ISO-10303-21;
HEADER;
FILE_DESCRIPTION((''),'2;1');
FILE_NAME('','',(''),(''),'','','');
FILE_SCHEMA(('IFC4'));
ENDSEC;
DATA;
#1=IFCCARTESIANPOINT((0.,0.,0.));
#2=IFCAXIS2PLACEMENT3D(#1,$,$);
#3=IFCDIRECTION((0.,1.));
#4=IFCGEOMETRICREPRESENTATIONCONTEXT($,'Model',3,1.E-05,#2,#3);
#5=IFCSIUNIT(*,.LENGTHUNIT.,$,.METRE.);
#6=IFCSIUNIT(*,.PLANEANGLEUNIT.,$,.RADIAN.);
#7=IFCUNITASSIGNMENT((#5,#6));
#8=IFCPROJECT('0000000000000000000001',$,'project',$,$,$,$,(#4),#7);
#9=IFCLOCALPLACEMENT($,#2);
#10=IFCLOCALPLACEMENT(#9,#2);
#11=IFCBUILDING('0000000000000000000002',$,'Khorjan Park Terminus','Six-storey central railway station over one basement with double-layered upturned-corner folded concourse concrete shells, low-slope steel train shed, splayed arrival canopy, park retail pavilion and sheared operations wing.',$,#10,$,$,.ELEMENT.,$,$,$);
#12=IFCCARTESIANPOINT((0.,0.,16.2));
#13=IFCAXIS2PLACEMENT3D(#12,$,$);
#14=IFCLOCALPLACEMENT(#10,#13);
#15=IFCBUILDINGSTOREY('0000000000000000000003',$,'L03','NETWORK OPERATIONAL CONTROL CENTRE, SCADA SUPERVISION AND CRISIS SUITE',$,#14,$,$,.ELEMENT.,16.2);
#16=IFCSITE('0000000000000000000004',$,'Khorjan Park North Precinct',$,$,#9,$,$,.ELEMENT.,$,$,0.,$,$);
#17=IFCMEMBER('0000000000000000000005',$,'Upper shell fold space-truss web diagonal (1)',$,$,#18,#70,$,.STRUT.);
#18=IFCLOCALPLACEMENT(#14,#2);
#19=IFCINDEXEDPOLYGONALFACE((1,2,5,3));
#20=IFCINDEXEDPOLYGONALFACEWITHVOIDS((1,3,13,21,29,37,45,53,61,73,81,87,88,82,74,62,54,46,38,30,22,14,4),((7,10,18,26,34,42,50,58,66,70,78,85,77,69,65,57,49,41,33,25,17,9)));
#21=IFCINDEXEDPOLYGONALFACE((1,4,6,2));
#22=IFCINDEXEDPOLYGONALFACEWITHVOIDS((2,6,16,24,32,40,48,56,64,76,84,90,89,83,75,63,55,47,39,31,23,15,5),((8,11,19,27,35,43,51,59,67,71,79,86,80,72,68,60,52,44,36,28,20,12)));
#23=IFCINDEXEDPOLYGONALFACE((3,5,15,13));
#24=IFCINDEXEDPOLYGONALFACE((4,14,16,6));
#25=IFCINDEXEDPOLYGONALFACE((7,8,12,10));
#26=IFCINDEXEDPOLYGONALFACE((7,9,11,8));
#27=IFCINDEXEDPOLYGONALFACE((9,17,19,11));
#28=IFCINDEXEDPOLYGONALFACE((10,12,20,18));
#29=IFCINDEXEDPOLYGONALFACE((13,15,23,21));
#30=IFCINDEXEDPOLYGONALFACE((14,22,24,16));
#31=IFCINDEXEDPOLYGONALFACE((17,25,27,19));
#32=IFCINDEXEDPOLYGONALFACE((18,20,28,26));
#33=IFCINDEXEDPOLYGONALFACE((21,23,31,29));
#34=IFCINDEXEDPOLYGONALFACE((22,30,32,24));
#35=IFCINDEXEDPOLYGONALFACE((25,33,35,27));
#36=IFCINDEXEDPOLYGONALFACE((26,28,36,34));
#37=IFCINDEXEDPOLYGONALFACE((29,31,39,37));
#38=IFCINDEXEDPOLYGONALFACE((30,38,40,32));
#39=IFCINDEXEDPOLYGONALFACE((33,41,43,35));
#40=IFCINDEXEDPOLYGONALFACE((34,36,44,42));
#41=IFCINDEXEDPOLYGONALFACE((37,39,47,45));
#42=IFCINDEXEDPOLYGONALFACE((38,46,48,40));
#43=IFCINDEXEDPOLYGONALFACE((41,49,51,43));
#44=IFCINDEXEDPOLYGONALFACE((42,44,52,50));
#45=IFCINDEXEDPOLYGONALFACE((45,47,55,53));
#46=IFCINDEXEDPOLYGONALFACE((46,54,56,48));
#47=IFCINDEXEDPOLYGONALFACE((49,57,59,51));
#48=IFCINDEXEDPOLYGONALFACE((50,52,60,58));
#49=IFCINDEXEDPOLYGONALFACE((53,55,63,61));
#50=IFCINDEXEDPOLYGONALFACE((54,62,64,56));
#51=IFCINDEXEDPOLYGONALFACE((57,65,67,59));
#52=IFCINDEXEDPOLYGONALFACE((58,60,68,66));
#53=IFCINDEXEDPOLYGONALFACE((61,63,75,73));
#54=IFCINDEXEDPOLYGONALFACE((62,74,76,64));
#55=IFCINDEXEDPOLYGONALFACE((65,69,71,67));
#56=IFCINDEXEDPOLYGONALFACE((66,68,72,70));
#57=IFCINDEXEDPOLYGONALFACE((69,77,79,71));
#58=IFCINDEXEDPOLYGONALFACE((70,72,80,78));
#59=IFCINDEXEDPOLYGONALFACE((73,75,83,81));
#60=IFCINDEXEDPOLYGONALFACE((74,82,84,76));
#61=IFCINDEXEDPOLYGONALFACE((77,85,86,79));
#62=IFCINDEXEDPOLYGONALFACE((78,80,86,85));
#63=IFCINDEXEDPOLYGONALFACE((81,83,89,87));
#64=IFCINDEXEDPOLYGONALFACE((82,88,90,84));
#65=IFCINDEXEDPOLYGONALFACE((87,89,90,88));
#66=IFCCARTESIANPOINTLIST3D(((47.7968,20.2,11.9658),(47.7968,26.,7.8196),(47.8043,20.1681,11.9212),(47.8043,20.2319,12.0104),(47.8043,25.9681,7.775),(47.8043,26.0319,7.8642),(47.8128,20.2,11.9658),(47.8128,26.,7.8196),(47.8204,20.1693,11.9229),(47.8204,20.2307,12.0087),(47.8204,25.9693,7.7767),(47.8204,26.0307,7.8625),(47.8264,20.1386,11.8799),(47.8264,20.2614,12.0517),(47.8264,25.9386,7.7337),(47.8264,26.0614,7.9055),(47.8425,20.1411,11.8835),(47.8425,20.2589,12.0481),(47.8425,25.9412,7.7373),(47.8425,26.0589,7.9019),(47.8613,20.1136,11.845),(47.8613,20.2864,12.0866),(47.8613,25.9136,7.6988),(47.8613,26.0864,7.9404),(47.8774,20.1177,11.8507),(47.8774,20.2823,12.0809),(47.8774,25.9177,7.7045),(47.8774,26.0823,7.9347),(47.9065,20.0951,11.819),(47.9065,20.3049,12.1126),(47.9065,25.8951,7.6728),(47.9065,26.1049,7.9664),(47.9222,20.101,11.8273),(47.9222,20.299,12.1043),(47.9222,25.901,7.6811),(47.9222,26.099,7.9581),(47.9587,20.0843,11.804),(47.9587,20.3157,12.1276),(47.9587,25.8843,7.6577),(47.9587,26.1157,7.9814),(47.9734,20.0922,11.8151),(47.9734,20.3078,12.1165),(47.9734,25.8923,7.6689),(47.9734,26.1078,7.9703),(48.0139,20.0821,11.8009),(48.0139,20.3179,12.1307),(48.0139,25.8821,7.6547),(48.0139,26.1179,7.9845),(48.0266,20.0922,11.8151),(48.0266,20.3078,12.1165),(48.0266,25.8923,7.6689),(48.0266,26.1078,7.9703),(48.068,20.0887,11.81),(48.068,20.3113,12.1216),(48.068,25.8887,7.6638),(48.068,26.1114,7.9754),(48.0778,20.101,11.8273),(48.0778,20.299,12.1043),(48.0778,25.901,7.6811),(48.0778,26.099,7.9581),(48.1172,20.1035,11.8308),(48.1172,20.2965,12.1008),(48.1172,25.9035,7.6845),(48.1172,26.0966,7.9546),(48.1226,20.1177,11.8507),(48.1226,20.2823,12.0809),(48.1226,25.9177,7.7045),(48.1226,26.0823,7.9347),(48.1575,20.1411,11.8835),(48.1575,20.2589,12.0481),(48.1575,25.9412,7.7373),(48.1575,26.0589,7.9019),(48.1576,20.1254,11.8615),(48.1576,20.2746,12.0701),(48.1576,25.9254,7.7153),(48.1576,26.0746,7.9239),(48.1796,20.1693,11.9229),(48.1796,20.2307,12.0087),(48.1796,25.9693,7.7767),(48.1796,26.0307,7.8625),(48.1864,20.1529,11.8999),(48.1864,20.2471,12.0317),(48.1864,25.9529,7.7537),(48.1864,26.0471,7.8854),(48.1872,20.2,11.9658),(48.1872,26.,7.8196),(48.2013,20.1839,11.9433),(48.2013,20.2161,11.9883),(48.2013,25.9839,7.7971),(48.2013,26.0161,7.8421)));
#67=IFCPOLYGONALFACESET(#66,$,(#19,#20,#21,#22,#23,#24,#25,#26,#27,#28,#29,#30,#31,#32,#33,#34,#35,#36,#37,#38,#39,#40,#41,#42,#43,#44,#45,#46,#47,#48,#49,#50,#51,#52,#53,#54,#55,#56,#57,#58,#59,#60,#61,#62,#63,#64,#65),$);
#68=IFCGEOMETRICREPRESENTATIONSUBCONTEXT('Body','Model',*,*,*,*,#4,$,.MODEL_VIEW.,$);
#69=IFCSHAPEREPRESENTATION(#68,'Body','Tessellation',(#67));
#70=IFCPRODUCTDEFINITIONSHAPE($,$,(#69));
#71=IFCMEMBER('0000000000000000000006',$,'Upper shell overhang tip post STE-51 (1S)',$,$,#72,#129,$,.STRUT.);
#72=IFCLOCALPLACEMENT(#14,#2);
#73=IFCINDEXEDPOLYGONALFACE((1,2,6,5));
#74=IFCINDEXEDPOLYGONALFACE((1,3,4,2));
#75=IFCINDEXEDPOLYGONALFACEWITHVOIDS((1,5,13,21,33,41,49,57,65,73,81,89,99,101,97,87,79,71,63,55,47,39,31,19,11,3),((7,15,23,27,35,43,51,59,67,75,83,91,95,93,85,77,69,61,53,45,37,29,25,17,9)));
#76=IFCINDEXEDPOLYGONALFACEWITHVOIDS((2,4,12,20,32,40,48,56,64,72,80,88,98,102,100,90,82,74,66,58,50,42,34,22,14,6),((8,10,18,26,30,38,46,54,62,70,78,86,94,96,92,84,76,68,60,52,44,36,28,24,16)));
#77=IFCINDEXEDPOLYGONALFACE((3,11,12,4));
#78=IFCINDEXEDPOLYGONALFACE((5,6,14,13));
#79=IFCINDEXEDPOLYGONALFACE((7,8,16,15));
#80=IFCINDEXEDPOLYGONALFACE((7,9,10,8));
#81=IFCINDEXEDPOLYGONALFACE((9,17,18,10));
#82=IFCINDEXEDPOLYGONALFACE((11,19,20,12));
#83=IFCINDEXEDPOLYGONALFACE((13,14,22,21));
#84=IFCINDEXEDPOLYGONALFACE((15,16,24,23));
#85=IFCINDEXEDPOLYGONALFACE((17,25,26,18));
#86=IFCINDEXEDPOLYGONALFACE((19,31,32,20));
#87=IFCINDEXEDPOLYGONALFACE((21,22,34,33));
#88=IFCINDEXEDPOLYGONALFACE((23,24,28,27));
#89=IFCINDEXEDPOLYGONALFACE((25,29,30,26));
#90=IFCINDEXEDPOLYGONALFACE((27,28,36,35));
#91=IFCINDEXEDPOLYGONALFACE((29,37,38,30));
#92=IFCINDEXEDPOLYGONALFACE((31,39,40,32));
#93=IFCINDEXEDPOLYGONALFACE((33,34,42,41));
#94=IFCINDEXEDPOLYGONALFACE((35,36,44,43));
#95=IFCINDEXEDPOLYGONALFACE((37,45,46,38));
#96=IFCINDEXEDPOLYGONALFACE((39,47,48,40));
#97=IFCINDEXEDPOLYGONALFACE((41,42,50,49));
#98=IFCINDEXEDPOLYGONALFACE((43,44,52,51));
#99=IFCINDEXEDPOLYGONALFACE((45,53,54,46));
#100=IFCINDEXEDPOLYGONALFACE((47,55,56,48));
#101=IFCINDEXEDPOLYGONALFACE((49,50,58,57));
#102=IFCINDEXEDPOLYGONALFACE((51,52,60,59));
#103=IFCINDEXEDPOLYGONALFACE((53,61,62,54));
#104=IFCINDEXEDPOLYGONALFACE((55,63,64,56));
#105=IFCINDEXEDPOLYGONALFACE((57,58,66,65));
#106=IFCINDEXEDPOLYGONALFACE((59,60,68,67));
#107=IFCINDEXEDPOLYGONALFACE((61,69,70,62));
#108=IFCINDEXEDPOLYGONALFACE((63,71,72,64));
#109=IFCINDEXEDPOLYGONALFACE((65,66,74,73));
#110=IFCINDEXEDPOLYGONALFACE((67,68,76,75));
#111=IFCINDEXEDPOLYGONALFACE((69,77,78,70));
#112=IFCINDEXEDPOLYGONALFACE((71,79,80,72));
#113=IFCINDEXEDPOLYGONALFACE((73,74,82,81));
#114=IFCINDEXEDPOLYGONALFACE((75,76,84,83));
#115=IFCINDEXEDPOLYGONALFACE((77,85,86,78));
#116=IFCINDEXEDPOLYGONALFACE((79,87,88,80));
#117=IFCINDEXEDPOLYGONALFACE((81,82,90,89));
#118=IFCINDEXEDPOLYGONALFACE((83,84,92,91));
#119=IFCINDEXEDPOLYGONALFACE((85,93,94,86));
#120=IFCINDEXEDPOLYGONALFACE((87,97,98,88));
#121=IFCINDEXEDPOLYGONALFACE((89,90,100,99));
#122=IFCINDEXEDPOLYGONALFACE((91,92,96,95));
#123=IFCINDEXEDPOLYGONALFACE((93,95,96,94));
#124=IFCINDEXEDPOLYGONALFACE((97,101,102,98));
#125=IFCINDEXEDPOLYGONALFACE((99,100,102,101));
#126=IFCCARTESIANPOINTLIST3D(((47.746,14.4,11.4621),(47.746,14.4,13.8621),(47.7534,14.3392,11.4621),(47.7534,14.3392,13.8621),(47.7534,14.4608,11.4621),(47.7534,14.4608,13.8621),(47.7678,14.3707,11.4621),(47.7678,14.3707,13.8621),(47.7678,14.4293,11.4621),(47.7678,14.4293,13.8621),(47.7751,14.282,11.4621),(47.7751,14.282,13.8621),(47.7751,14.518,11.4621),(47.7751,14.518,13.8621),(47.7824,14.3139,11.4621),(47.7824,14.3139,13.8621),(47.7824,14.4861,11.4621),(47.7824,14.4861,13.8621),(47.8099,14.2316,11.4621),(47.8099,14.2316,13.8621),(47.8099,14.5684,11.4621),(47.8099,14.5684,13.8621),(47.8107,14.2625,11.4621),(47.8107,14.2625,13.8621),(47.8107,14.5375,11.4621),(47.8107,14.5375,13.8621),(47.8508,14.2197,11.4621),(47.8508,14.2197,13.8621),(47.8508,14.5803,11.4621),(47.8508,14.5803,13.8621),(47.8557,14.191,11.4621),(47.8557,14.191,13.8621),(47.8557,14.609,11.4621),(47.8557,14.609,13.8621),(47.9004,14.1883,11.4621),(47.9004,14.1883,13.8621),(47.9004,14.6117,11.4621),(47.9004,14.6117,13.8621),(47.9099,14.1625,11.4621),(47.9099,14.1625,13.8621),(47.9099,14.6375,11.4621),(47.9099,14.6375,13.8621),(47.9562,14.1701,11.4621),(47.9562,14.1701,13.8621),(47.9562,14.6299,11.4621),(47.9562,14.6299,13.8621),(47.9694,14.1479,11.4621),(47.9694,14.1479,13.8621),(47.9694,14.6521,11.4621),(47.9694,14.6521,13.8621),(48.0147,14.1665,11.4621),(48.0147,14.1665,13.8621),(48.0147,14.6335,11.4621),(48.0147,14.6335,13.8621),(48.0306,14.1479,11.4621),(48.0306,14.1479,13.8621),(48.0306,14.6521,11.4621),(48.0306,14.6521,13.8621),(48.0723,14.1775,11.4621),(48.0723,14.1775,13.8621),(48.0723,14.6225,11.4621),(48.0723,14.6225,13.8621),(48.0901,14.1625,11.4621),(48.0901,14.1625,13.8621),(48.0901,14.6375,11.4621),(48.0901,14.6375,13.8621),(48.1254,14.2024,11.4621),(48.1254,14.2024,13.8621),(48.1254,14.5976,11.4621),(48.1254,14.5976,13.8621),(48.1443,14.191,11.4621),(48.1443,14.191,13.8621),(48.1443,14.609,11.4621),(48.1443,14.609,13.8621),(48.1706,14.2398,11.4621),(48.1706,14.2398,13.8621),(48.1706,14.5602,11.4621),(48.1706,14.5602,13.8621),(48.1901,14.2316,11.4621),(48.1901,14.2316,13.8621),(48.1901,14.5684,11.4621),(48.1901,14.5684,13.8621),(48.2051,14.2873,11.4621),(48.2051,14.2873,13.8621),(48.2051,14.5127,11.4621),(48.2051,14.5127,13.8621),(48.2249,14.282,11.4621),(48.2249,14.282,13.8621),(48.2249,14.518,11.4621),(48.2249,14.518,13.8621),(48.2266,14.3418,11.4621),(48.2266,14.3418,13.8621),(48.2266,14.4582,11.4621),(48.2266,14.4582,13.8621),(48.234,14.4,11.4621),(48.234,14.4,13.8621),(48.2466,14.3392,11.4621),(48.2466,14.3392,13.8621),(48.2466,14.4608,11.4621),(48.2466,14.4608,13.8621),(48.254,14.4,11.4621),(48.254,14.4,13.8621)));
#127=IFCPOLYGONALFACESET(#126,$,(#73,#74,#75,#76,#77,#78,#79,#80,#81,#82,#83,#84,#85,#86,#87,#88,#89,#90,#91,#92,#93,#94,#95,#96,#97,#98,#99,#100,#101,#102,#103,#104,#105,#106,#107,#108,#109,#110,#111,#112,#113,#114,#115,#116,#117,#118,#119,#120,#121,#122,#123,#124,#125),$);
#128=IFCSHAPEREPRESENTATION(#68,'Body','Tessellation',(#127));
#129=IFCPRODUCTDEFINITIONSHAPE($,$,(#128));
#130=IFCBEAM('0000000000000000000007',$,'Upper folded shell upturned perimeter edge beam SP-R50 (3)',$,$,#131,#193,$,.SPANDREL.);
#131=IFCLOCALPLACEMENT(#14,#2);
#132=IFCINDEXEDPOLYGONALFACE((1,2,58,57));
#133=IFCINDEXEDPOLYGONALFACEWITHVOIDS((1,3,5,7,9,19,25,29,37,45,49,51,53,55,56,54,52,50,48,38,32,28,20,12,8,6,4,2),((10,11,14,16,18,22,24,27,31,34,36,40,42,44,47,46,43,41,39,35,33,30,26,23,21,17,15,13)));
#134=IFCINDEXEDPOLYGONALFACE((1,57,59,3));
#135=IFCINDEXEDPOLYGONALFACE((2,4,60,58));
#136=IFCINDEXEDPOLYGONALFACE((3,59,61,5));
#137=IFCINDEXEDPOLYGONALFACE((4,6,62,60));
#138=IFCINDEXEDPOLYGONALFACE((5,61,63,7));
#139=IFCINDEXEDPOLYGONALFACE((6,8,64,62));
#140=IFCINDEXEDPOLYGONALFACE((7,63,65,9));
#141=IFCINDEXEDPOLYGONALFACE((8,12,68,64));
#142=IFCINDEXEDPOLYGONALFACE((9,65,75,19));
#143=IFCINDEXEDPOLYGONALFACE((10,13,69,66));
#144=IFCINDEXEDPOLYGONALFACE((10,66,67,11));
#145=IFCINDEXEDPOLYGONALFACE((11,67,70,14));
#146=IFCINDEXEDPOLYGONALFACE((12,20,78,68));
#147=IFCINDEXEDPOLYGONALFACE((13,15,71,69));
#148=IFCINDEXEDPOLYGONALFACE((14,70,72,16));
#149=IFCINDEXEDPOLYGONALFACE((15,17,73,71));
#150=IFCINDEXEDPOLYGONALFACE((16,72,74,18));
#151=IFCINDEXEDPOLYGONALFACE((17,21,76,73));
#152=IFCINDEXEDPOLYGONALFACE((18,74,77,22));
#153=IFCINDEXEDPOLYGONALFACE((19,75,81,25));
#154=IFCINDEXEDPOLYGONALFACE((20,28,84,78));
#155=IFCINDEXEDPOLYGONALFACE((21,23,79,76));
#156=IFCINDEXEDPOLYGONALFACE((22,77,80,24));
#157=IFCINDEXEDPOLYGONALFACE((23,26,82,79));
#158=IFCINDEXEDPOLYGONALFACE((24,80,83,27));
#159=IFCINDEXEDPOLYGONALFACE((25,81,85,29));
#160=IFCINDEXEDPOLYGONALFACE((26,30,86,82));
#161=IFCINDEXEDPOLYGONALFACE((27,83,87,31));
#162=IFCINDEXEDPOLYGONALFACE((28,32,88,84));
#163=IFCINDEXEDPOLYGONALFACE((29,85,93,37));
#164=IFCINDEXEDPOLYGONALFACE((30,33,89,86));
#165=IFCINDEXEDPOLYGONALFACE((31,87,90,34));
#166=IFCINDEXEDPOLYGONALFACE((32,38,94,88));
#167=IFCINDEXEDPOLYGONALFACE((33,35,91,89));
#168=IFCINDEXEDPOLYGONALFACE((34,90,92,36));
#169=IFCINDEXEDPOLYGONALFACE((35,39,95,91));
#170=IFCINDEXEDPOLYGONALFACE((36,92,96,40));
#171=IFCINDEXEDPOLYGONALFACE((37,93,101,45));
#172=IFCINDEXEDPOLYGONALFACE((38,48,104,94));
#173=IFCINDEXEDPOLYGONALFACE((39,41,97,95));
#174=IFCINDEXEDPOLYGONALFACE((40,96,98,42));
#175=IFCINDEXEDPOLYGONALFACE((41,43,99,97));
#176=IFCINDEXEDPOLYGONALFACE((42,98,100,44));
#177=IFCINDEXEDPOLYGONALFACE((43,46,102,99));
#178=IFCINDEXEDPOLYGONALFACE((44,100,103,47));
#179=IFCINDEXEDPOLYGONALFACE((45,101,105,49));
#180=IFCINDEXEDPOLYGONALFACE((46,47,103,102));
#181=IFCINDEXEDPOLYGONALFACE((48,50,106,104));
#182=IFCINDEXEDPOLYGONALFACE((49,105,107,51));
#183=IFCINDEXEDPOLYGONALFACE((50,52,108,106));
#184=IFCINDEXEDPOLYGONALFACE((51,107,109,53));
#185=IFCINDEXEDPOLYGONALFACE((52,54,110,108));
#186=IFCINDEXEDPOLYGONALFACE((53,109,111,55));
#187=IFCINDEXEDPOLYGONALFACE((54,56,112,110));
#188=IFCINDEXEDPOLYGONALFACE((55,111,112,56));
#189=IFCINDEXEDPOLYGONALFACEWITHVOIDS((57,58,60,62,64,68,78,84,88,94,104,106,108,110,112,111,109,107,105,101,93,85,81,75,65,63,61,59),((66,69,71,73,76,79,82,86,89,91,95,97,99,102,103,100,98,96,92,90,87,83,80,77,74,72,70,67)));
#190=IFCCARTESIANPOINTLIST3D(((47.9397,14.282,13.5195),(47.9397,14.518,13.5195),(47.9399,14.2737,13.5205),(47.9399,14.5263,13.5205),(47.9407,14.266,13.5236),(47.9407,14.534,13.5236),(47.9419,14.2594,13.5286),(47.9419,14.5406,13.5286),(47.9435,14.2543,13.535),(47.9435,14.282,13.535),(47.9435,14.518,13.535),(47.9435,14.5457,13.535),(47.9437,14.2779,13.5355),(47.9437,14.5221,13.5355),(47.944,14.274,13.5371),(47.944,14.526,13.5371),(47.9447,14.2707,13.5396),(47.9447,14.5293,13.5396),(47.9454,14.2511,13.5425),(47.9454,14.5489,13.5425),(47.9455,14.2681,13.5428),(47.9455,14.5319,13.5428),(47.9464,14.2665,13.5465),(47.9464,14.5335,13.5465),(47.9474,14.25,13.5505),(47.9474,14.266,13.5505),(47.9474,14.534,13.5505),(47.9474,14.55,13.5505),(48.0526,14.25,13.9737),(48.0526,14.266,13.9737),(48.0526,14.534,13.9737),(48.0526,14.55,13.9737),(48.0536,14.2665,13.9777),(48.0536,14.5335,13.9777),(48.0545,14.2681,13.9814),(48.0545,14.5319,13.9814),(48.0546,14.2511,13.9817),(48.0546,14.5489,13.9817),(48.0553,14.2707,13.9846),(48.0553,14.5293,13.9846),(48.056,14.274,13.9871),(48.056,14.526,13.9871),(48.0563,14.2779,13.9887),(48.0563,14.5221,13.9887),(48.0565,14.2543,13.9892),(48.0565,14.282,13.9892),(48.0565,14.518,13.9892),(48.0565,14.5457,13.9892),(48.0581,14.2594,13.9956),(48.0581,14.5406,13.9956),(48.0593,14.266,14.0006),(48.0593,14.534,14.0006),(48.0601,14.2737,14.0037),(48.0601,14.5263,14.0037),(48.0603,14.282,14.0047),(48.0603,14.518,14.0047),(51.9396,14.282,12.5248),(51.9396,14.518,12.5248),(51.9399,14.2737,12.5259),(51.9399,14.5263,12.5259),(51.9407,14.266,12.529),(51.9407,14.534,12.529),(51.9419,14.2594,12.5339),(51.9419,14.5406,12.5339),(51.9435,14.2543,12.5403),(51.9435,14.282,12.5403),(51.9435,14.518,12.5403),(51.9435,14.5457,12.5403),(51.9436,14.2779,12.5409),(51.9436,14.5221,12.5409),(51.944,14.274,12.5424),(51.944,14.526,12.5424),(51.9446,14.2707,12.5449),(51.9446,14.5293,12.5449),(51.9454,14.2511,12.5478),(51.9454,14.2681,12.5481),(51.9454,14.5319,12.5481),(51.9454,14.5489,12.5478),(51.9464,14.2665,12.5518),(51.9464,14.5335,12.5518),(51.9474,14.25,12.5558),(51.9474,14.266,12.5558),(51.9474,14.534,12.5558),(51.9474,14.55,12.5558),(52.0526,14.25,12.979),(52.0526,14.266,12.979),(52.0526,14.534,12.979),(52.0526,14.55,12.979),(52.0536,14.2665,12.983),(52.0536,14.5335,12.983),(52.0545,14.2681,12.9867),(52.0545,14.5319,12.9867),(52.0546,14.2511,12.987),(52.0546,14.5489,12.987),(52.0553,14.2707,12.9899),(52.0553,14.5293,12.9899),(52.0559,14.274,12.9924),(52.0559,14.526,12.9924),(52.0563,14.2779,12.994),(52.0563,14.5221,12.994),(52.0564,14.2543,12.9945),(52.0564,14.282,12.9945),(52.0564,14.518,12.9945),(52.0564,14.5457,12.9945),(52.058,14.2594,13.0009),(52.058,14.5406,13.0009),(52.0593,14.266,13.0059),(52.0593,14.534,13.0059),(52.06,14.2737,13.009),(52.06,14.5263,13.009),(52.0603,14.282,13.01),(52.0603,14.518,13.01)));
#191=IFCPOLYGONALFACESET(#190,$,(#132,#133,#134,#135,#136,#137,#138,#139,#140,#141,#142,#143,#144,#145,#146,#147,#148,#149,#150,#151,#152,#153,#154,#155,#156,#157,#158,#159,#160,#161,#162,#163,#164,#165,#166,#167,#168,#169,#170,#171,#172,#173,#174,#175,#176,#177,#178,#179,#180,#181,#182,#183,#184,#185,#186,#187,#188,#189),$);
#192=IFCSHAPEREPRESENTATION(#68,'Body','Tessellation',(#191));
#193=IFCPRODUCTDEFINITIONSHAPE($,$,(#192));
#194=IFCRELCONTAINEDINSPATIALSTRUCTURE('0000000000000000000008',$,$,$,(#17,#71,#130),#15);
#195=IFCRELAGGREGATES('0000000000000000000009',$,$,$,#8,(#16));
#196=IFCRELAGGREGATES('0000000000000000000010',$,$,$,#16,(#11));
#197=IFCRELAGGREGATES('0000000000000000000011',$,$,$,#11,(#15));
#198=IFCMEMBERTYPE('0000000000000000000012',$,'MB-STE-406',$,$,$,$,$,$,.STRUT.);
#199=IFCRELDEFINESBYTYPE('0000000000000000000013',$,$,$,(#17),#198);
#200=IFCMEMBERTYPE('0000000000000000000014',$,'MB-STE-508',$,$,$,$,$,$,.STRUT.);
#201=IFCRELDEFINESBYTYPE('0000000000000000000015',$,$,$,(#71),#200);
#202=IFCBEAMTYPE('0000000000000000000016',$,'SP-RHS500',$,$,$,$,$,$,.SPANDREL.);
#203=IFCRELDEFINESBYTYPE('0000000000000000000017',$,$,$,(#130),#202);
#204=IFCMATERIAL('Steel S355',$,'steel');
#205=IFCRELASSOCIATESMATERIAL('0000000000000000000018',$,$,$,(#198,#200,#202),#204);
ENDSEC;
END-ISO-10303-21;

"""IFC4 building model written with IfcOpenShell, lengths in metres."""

from ifc_helpers import new_model, si_unit, direction, frame, origin, origin_2d, place, context, subcontext, project, spatial, hollow_rectangle, hollow_circle, extrude, material, material_profile, profile_set, type_object, element, save


model = new_model("IFC4")

# Units and contexts
model_context = context("Model", 3, precision=1e-05, world=origin(), true_north=direction((0.0, 1.0)))
body_context = subcontext(model_context, "Body", "Model", "MODEL_VIEW")
ifc_project = project(units=[si_unit("LENGTHUNIT", "METRE"), si_unit("PLANEANGLEUNIT", "RADIAN")], contexts=[model_context])

# Site, building, storey
site_placement = place(None, origin())
site = spatial("IfcSite", under=ifc_project, at=site_placement, Name="Khorjan Park North Precinct", CompositionType="ELEMENT", RefElevation=0.0)
building_placement = place(site_placement, origin())
building = spatial("IfcBuilding", under=site, at=building_placement, Name="Khorjan Park Terminus", Description="Six-storey central railway station over one basement with double-layered upturned-corner folded concourse concrete shells, low-slope steel train shed, splayed arrival canopy, park retail pavilion and sheared operations wing.", CompositionType="ELEMENT")
storey_placement = place(building_placement, frame((0.0, 0.0, 16.2)))
storey = spatial("IfcBuildingStorey", under=building, at=storey_placement, Name="L03", Description="NETWORK OPERATIONAL CONTROL CENTRE, SCADA SUPERVISION AND CRISIS SUITE", CompositionType="ELEMENT", Elevation=16.2)

# Members
ifc_material_1 = material(Name="Steel S355", Category="steel")
ifc_material_profile_1 = material_profile(ifc_material_1, hollow_circle(Radius=0.2032, WallThickness=0.016, at=origin_2d()), Name="CHS 406.4x16")
ifc_profile_set_1 = profile_set([ifc_material_profile_1], Name="Steel S355")
member_type_1 = type_object("IfcMemberType", Name="MB-STE-406", PredefinedType="STRUT", material=ifc_profile_set_1)
member_1_placement = place(storey_placement, frame((48.0, 20.2, 11.9658), z_axis=(0.0, 0.813512, -0.581549), x_axis=(-1.0, 0.0, 0.0)))
element("IfcMember", 1, at=member_1_placement, inside=storey, type_object=member_type_1, Name="Upper shell fold space-truss web diagonal (1)", PredefinedType="STRUT", context=body_context, shape_type="SweptSolid", body=[
    extrude(hollow_circle(Radius=0.2032, WallThickness=0.016, at=origin_2d()), origin(), (0.0, 0.0, 1.0), 7.1296),
])
ifc_material_profile_2 = material_profile(ifc_material_1, hollow_circle(Radius=0.254, WallThickness=0.02, at=origin_2d()), Name="CHS 508x20")
ifc_profile_set_2 = profile_set([ifc_material_profile_2], Name="Steel S355")
member_type_2 = type_object("IfcMemberType", Name="MB-STE-508", PredefinedType="STRUT", material=ifc_profile_set_2)
member_2_placement = place(storey_placement, frame((48.0, 14.4, 11.4621), z_axis=(0.0, 0.0, 1.0), x_axis=(1.0, 0.0, 0.0)))
element("IfcMember", 2, at=member_2_placement, inside=storey, type_object=member_type_2, Name="Upper shell overhang tip post STE-51 (1S)", PredefinedType="STRUT", context=body_context, shape_type="SweptSolid", body=[
    extrude(hollow_circle(Radius=0.254, WallThickness=0.02, at=origin_2d()), origin(), (0.0, 0.0, 1.0), 2.4),
])

# Beam
ifc_material_profile_3 = material_profile(ifc_material_1, hollow_rectangle(XDim=0.3, YDim=0.5, WallThickness=0.016, InnerFilletRadius=0.016, OuterFilletRadius=0.032, at=origin_2d()), Name="RHS 500x300x16")
ifc_profile_set_3 = profile_set([ifc_material_profile_3], Name="Steel S355")
beam_type = type_object("IfcBeamType", Name="SP-RHS500", PredefinedType="SPANDREL", material=ifc_profile_set_3)
beam_placement = place(storey_placement, frame((48.0, 14.4, 13.7621), z_axis=(0.970444, 0.0, -0.241325), x_axis=(0.0, 1.0, 0.0)))
element("IfcBeam", 3, at=beam_placement, inside=storey, type_object=beam_type, Name="Upper folded shell upturned perimeter edge beam SP-R50 (3)", PredefinedType="SPANDREL", context=body_context, shape_type="SweptSolid", body=[
    extrude(hollow_rectangle(XDim=0.3, YDim=0.5, WallThickness=0.016, InnerFilletRadius=0.016, OuterFilletRadius=0.032, at=origin_2d()), origin(), (0.0, 0.0, 1.0), 4.1218),
])

save(model, "model.ifc")
